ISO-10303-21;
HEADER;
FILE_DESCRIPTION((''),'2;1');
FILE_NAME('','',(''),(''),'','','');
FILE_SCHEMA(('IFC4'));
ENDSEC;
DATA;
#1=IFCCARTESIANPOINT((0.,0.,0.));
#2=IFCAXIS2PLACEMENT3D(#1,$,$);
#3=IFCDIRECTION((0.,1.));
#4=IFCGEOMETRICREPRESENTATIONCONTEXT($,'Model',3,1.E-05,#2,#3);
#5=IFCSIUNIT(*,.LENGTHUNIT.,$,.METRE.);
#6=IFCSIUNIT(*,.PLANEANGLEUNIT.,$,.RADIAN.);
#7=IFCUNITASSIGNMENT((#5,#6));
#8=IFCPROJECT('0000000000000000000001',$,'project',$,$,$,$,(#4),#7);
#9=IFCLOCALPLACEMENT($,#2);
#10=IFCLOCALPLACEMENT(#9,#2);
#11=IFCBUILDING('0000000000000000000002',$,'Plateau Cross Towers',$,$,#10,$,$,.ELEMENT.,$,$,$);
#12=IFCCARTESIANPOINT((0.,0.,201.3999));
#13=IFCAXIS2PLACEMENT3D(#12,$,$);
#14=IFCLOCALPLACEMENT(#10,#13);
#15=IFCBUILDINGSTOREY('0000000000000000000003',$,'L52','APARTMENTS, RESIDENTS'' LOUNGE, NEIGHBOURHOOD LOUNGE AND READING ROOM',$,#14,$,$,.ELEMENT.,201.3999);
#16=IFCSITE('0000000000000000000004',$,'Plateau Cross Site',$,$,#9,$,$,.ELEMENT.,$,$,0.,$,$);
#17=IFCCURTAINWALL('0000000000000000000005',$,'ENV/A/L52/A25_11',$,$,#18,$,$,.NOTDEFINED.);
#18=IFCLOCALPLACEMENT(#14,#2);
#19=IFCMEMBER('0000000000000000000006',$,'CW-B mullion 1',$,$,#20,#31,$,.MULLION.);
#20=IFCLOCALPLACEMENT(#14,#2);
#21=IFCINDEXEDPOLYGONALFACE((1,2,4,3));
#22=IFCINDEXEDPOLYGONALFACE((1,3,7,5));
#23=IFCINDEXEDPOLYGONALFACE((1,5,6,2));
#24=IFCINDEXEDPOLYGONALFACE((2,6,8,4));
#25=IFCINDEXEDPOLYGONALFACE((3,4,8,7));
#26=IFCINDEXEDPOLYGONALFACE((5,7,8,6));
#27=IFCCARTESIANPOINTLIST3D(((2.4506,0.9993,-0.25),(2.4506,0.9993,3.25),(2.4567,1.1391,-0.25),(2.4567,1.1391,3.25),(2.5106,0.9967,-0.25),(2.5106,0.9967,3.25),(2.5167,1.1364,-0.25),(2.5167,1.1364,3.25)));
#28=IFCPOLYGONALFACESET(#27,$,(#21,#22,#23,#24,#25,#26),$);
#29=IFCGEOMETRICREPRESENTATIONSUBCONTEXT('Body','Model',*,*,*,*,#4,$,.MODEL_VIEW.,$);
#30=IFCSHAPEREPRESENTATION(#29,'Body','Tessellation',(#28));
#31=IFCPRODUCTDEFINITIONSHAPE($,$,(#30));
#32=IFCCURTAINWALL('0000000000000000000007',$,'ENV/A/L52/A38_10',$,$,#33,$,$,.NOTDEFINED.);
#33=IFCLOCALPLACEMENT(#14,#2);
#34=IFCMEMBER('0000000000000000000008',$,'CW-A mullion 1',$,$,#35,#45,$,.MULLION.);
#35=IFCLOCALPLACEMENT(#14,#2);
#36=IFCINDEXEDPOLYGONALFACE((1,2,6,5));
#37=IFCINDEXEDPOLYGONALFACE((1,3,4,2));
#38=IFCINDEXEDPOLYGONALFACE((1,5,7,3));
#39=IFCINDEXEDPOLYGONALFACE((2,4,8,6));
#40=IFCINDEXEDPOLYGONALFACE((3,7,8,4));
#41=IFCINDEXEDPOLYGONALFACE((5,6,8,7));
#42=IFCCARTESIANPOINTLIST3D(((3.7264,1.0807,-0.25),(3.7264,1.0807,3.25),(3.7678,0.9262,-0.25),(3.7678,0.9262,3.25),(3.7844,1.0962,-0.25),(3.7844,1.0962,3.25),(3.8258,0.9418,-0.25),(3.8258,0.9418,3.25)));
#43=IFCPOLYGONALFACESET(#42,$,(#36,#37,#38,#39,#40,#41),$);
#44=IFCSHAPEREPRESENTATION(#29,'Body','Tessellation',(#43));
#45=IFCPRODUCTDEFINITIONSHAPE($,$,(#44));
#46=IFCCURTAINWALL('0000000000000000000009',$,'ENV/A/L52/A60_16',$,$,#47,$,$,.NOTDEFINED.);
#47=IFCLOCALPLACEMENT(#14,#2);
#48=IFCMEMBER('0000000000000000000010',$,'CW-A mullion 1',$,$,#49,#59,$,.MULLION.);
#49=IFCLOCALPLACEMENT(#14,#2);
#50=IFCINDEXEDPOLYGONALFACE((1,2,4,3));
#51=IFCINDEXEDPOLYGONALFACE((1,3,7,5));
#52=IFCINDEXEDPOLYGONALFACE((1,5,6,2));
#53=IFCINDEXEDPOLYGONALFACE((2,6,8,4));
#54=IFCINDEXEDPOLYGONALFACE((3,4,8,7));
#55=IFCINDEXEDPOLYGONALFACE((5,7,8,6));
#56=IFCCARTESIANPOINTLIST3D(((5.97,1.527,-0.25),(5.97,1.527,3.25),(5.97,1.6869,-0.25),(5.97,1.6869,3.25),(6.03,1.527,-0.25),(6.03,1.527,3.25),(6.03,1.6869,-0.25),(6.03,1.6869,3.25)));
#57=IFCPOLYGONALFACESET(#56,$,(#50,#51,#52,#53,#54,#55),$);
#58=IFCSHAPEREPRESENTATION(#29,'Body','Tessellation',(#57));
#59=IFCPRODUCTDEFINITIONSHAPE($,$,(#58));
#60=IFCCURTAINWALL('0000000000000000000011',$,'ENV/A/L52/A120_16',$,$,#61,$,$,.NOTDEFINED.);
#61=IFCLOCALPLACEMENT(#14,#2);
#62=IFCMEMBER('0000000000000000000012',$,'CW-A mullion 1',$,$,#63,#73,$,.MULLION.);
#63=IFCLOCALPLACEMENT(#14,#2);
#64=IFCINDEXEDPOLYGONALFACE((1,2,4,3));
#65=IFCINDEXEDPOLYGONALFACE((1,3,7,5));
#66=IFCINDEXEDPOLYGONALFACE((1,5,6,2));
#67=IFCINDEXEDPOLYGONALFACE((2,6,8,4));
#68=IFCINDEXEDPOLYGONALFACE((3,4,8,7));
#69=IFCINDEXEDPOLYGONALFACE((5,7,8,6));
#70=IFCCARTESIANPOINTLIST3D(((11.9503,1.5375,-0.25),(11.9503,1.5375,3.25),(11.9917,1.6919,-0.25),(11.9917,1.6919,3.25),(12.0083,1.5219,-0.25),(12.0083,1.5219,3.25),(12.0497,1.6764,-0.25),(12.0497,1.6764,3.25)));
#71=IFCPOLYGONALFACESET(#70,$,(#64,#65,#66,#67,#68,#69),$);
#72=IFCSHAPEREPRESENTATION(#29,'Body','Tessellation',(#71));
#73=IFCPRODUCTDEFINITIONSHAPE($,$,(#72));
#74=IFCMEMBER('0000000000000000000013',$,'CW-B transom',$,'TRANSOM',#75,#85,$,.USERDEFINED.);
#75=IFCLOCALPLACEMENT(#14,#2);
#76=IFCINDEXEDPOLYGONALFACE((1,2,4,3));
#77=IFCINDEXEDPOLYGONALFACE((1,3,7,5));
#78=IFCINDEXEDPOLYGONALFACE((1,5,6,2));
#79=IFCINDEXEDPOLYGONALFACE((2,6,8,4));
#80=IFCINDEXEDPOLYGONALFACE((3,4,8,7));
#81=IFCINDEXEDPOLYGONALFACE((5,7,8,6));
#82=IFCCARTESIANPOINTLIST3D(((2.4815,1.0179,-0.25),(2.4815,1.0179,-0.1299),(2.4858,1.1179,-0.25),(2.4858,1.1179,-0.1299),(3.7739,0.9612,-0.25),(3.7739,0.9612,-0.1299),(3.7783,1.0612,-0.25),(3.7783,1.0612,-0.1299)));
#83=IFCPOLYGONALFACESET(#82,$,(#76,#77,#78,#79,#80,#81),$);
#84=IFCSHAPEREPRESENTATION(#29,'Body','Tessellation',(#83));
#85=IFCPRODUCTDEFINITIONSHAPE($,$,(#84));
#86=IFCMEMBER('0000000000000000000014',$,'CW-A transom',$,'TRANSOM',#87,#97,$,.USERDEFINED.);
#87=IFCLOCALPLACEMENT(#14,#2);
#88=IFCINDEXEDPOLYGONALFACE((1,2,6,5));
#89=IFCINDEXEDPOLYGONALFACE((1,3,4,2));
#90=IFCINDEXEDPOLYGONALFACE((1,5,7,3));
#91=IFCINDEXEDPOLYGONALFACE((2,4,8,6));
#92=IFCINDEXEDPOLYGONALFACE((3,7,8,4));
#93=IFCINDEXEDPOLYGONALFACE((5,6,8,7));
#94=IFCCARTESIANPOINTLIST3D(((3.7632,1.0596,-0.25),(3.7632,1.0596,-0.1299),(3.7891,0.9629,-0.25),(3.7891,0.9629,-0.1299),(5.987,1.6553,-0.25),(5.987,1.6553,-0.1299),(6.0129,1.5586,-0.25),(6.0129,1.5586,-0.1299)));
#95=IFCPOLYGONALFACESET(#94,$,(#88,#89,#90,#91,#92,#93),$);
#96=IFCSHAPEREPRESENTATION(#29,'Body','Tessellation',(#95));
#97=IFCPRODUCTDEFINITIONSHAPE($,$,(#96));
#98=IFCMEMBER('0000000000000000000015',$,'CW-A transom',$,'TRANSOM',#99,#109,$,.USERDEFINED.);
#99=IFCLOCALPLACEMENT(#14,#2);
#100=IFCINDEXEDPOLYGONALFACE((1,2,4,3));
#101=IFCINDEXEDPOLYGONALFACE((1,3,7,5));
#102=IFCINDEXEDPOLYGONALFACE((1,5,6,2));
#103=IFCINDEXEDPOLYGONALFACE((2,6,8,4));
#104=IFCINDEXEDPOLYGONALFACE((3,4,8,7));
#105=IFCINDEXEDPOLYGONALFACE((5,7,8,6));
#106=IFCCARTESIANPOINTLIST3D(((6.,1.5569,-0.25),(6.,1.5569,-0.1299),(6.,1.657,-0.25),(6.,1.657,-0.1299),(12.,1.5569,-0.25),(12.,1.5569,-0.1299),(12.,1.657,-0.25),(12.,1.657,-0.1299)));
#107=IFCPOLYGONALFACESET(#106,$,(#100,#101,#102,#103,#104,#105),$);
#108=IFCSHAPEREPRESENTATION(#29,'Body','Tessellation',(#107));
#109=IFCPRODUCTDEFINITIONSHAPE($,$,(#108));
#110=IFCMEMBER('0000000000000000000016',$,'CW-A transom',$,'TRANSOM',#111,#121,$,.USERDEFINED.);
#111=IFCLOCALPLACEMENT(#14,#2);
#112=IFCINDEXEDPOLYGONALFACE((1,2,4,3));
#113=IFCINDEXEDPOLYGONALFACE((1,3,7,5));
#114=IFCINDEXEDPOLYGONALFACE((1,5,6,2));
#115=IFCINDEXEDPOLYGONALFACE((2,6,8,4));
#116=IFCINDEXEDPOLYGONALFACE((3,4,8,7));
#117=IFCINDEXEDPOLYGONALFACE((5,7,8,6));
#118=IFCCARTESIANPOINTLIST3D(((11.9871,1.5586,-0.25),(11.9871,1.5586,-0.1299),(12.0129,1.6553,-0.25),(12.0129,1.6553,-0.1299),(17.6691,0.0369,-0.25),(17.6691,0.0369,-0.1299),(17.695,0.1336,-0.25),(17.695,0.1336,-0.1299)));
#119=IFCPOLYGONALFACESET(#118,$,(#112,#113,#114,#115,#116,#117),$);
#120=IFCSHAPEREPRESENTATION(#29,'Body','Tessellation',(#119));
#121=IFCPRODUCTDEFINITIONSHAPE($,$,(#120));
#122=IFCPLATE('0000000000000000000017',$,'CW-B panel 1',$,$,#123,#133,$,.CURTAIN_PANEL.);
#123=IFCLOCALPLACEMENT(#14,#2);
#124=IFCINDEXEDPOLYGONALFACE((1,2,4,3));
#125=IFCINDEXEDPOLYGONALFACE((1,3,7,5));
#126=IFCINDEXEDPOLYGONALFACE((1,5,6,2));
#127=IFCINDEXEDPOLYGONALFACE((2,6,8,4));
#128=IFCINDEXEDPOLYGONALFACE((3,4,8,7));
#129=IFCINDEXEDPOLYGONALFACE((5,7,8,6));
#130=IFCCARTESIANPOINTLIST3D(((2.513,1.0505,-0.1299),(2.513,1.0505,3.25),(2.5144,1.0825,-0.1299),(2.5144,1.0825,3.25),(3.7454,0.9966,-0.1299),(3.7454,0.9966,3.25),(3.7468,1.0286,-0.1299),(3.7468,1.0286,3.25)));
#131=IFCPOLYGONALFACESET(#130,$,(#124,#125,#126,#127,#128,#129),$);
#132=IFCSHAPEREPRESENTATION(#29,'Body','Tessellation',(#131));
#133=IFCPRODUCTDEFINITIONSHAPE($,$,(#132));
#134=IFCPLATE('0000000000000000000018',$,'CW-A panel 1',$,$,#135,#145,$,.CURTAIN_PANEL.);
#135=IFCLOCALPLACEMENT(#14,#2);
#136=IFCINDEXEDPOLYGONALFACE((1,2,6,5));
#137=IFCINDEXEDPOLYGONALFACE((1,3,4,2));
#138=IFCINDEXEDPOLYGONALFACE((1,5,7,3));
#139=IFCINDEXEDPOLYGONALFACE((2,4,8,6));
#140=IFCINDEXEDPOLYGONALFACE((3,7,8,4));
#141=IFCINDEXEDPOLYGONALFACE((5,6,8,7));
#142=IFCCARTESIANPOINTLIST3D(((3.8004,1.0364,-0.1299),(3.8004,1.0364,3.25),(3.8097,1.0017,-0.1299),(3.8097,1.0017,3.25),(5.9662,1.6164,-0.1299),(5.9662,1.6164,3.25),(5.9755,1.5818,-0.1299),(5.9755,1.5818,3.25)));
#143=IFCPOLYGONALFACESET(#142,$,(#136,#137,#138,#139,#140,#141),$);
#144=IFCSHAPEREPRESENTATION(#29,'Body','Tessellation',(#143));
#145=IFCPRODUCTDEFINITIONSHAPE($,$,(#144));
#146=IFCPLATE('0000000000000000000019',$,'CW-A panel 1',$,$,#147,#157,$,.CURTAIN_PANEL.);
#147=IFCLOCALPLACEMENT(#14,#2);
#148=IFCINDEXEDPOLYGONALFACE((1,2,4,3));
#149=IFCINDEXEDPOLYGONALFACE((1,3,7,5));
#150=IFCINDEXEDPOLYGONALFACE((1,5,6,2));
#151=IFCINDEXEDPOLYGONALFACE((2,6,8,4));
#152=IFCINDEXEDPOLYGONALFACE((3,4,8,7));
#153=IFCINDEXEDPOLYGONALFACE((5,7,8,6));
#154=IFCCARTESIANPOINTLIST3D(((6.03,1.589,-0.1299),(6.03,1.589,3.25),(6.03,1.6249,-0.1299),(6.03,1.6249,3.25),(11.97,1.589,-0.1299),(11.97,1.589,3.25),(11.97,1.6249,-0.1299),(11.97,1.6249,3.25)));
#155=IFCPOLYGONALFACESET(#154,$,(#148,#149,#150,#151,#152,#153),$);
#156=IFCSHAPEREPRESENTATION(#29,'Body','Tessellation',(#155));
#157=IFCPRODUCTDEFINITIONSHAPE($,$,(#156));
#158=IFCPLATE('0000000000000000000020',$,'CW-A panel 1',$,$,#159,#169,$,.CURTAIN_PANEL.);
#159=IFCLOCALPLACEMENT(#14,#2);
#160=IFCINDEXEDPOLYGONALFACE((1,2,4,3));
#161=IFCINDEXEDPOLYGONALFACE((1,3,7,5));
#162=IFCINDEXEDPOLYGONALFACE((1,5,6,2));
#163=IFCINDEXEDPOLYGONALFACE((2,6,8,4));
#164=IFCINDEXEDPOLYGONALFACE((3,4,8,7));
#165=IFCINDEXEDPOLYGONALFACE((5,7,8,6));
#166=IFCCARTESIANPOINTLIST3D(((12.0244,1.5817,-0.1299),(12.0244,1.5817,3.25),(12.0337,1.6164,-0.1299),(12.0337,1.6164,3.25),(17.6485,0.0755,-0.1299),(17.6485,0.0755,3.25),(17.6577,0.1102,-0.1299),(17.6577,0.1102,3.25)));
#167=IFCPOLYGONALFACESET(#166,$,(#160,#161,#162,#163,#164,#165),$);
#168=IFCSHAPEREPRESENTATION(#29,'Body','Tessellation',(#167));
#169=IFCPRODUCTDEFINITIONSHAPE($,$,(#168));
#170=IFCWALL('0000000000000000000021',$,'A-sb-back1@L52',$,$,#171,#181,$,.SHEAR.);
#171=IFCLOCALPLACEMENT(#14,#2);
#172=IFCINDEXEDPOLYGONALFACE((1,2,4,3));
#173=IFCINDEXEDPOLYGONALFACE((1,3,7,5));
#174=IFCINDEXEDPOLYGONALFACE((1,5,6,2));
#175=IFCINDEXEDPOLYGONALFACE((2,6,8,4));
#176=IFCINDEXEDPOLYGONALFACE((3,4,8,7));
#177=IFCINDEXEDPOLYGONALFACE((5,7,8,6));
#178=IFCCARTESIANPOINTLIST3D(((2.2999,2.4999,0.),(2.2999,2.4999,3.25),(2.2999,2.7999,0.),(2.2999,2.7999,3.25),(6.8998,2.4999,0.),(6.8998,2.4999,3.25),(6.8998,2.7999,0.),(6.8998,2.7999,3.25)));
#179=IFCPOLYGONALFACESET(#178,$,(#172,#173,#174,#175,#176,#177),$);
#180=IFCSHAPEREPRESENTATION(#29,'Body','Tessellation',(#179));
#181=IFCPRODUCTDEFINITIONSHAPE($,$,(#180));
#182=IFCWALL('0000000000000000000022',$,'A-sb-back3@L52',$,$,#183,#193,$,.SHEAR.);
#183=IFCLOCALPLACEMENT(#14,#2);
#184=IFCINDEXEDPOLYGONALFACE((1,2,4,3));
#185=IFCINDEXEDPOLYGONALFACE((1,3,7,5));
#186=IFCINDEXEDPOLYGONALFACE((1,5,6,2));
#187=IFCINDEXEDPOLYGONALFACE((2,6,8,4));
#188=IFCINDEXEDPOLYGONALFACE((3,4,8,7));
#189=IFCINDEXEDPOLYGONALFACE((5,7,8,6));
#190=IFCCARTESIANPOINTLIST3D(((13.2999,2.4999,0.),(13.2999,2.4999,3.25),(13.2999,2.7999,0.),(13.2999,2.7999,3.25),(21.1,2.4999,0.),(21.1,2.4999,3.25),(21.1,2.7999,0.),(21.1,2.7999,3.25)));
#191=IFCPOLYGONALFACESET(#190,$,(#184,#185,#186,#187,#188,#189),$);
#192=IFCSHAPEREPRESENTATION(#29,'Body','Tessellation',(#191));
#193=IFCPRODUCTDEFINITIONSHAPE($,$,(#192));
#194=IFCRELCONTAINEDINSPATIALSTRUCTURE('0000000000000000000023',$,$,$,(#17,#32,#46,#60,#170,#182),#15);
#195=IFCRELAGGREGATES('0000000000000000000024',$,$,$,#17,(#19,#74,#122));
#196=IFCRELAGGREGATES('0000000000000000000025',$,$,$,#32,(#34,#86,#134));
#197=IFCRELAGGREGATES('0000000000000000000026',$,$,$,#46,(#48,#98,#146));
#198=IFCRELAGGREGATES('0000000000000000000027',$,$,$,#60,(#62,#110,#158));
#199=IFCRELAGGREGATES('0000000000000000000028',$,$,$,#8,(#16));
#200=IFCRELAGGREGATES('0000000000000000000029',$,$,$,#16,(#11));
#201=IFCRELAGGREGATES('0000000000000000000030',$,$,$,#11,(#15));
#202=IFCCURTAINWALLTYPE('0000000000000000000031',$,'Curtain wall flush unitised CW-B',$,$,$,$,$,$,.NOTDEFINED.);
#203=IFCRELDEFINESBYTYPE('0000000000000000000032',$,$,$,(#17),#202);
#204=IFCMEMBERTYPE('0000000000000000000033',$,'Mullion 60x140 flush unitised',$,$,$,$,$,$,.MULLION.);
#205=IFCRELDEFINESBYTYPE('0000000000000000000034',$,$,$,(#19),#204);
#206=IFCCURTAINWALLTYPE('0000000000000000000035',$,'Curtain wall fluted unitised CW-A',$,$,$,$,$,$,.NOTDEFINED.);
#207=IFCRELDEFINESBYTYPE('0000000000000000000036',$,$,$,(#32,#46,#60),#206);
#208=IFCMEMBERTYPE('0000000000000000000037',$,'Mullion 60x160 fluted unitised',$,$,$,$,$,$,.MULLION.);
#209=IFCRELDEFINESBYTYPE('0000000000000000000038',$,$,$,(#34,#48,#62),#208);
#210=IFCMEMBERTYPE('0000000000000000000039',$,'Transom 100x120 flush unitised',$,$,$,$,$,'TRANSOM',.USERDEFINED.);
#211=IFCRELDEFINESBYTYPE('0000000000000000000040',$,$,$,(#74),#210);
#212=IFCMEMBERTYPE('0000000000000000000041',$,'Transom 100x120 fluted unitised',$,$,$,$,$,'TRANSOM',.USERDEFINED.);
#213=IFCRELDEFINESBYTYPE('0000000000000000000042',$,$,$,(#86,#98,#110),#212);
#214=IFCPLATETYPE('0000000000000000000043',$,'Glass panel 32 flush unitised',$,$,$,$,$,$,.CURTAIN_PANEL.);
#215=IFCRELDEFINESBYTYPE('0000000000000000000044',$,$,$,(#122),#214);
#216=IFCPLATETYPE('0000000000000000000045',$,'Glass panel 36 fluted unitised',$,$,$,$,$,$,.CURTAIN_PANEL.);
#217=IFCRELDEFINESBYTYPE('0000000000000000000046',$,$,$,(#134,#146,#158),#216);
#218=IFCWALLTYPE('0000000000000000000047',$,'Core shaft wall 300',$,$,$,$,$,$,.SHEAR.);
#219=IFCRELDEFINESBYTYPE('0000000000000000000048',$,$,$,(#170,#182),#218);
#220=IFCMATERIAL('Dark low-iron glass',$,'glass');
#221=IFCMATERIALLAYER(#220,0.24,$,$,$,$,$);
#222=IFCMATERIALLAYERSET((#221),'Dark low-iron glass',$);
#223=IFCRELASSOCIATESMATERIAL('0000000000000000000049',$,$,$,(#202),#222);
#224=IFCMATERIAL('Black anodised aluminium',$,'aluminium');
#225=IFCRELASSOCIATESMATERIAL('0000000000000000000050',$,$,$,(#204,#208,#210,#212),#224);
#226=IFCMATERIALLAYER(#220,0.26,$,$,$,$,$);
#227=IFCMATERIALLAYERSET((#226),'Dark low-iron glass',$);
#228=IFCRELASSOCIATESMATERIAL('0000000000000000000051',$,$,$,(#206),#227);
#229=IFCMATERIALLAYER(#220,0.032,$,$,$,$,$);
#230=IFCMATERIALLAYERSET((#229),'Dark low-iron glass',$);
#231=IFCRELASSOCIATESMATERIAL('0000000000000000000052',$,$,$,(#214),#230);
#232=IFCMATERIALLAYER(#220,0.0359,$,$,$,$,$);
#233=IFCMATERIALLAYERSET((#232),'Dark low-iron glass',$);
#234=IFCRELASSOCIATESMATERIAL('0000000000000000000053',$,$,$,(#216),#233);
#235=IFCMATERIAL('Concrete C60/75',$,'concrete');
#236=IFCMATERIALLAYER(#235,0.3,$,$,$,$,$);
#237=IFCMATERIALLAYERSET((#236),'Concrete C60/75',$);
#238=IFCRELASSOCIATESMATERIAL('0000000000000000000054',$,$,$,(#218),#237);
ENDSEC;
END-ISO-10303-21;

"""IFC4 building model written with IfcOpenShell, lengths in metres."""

from ifc_helpers import new_model, si_unit, direction, frame, frame_2d, origin, origin_2d, place, context, subcontext, project, spatial, rectangle, extrude, material, layer, layer_set, material_profile, profile_set, type_object, element, aggregate, save


model = new_model("IFC4")

# Units and contexts
model_context = context("Model", 3, precision=1e-05, world=origin(), true_north=direction((0.0, 1.0)))
body_context = subcontext(model_context, "Body", "Model", "MODEL_VIEW")
ifc_project = project(units=[si_unit("LENGTHUNIT", "METRE"), si_unit("PLANEANGLEUNIT", "RADIAN")], contexts=[model_context])

# Site, building, storey
site_placement = place(None, origin())
site = spatial("IfcSite", under=ifc_project, at=site_placement, Name="Plateau Cross Site", CompositionType="ELEMENT", RefElevation=0.0)
building_placement = place(site_placement, origin())
building = spatial("IfcBuilding", under=site, at=building_placement, Name="Plateau Cross Towers", CompositionType="ELEMENT")
storey_placement = place(building_placement, frame((0.0, 0.0, 201.3999)))
storey = spatial("IfcBuildingStorey", under=building, at=storey_placement, Name="L52", Description="APARTMENTS, RESIDENTS' LOUNGE, NEIGHBOURHOOD LOUNGE AND READING ROOM", CompositionType="ELEMENT", Elevation=201.3999)

# Curtain walls, members
ifc_material_1 = material(Name="Dark low-iron glass", Category="glass")
ifc_layer_1 = layer(ifc_material_1, 0.24)
ifc_layer_set_1 = layer_set([ifc_layer_1], Name="Dark low-iron glass")
curtain_wall_type_1 = type_object("IfcCurtainWallType", Name="Curtain wall flush unitised CW-B", PredefinedType="NOTDEFINED", material=ifc_layer_set_1)
curtain_wall_1_placement = place(storey_placement, origin())
curtain_wall_1 = element("IfcCurtainWall", 1, at=curtain_wall_1_placement, inside=storey, type_object=curtain_wall_type_1, Name="ENV/A/L52/A25_11", PredefinedType="NOTDEFINED")
ifc_material_2 = material(Name="Black anodised aluminium", Category="aluminium")
ifc_material_profile_1 = material_profile(ifc_material_2, rectangle(XDim=0.0601, YDim=0.1399, at=origin_2d()), Name="MULLION 60x140")
ifc_profile_set_1 = profile_set([ifc_material_profile_1], Name="Black anodised aluminium")
member_type_1 = type_object("IfcMemberType", Name="Mullion 60x140 flush unitised", PredefinedType="MULLION", material=ifc_profile_set_1)
member_1_placement = place(storey_placement, frame((2.4836, 1.0679, -0.25), z_axis=(0.0, 0.0, 1.0), x_axis=(0.999044, -0.043723, 0.0)))
member_1 = element("IfcMember", 2, at=member_1_placement, type_object=member_type_1, Name="CW-B mullion 1", PredefinedType="MULLION", context=body_context, shape_type="SweptSolid", body=[
    extrude(rectangle(XDim=0.0601, YDim=0.1399, at=origin_2d()), origin(), (0.0, 0.0, 1.0), 3.5),
])
ifc_layer_2 = layer(ifc_material_1, 0.26)
ifc_layer_set_2 = layer_set([ifc_layer_2], Name="Dark low-iron glass")
curtain_wall_type_2 = type_object("IfcCurtainWallType", Name="Curtain wall fluted unitised CW-A", PredefinedType="NOTDEFINED", material=ifc_layer_set_2)
curtain_wall_2_placement = place(storey_placement, origin())
curtain_wall_2 = element("IfcCurtainWall", 3, at=curtain_wall_2_placement, inside=storey, type_object=curtain_wall_type_2, Name="ENV/A/L52/A38_10", PredefinedType="NOTDEFINED")
ifc_material_profile_2 = material_profile(ifc_material_2, rectangle(XDim=0.0601, YDim=0.1599, at=origin_2d()), Name="MULLION 60x160")
ifc_profile_set_2 = profile_set([ifc_material_profile_2], Name="Black anodised aluminium")
member_type_2 = type_object("IfcMemberType", Name="Mullion 60x160 fluted unitised", PredefinedType="MULLION", material=ifc_profile_set_2)
member_2_placement = place(storey_placement, frame((3.7761, 1.0112, -0.25), z_axis=(0.0, 0.0, 1.0), x_axis=(0.965958, 0.258699, 0.0)))
member_2 = element("IfcMember", 4, at=member_2_placement, type_object=member_type_2, Name="CW-A mullion 1", PredefinedType="MULLION", context=body_context, shape_type="SweptSolid", body=[
    extrude(rectangle(XDim=0.0601, YDim=0.1599, at=origin_2d()), origin(), (0.0, 0.0, 1.0), 3.5),
])
curtain_wall_3_placement = place(storey_placement, origin())
curtain_wall_3 = element("IfcCurtainWall", 5, at=curtain_wall_3_placement, inside=storey, type_object=curtain_wall_type_2, Name="ENV/A/L52/A60_16", PredefinedType="NOTDEFINED")
member_3_placement = place(storey_placement, frame((6.0, 1.6069, -0.25), z_axis=(0.0, 0.0, 1.0), x_axis=(1.0, 0.0, 0.0)))
member_3 = element("IfcMember", 6, at=member_3_placement, type_object=member_type_2, Name="CW-A mullion 1", PredefinedType="MULLION", context=body_context, shape_type="SweptSolid", body=[
    extrude(rectangle(XDim=0.0601, YDim=0.1599, at=origin_2d()), origin(), (0.0, 0.0, 1.0), 3.5),
])
curtain_wall_4_placement = place(storey_placement, origin())
curtain_wall_4 = element("IfcCurtainWall", 7, at=curtain_wall_4_placement, inside=storey, type_object=curtain_wall_type_2, Name="ENV/A/L52/A120_16", PredefinedType="NOTDEFINED")
member_4_placement = place(storey_placement, frame((12.0, 1.6069, -0.25), z_axis=(0.0, 0.0, 1.0), x_axis=(0.965958, -0.258699, 0.0)))
member_4 = element("IfcMember", 8, at=member_4_placement, type_object=member_type_2, Name="CW-A mullion 1", PredefinedType="MULLION", context=body_context, shape_type="SweptSolid", body=[
    extrude(rectangle(XDim=0.0601, YDim=0.1599, at=origin_2d()), origin(), (0.0, 0.0, 1.0), 3.5),
])

# Members
ifc_material_profile_3 = material_profile(ifc_material_2, rectangle(XDim=0.1001, YDim=0.1201, at=origin_2d()), Name="TRANSOM 100x120")
ifc_profile_set_3 = profile_set([ifc_material_profile_3], Name="Black anodised aluminium")
member_type_3 = type_object("IfcMemberType", Name="Transom 100x120 flush unitised", ElementType="TRANSOM", PredefinedType="USERDEFINED", material=ifc_profile_set_3)
member_5_placement = place(storey_placement, frame((2.4836, 1.0679, -0.1899), z_axis=(0.999041, -0.043781, 0.0), x_axis=(0.043781, 0.999041, 0.0)))
member_5 = element("IfcMember", 9, at=member_5_placement, type_object=member_type_3, Name="CW-B transom", ObjectType="TRANSOM", PredefinedType="USERDEFINED", context=body_context, shape_type="SweptSolid", body=[
    extrude(rectangle(XDim=0.1001, YDim=0.1201, at=origin_2d()), origin(), (0.0, 0.0, 1.0), 1.2937),
])
ifc_material_profile_4 = material_profile(ifc_material_2, rectangle(XDim=0.1001, YDim=0.1201, at=origin_2d()), Name="TRANSOM 100x120")
ifc_profile_set_4 = profile_set([ifc_material_profile_4], Name="Black anodised aluminium")
member_type_4 = type_object("IfcMemberType", Name="Transom 100x120 fluted unitised", ElementType="TRANSOM", PredefinedType="USERDEFINED", material=ifc_profile_set_4)
member_6_placement = place(storey_placement, frame((3.7761, 1.0112, -0.1899), z_axis=(0.965946, 0.258745, 0.0), x_axis=(-0.258745, 0.965946, 0.0)))
member_6 = element("IfcMember", 10, at=member_6_placement, type_object=member_type_4, Name="CW-A transom", ObjectType="TRANSOM", PredefinedType="USERDEFINED", context=body_context, shape_type="SweptSolid", body=[
    extrude(rectangle(XDim=0.1001, YDim=0.1201, at=origin_2d()), origin(), (0.0, 0.0, 1.0), 2.3022),
])
member_7_placement = place(storey_placement, frame((6.0, 1.6069, -0.1899), z_axis=(1.0, 0.0, 0.0), x_axis=(0.0, 1.0, 0.0)))
member_7 = element("IfcMember", 11, at=member_7_placement, type_object=member_type_4, Name="CW-A transom", ObjectType="TRANSOM", PredefinedType="USERDEFINED", context=body_context, shape_type="SweptSolid", body=[
    extrude(rectangle(XDim=0.1001, YDim=0.1201, at=origin_2d()), origin(), (0.0, 0.0, 1.0), 6.0),
])
member_8_placement = place(storey_placement, frame((12.0, 1.6069, -0.1899), z_axis=(0.96596, -0.258693, 0.0), x_axis=(0.258693, 0.96596, 0.0)))
member_8 = element("IfcMember", 12, at=member_8_placement, type_object=member_type_4, Name="CW-A transom", ObjectType="TRANSOM", PredefinedType="USERDEFINED", context=body_context, shape_type="SweptSolid", body=[
    extrude(rectangle(XDim=0.1001, YDim=0.1201, at=origin_2d()), origin(), (0.0, 0.0, 1.0), 5.8823),
])

# Plates
ifc_layer_3 = layer(ifc_material_1, 0.032)
ifc_layer_set_3 = layer_set([ifc_layer_3], Name="Dark low-iron glass")
plate_type_1 = type_object("IfcPlateType", Name="Glass panel 32 flush unitised", PredefinedType="CURTAIN_PANEL", material=ifc_layer_set_3)
plate_1_placement = place(storey_placement, frame((3.1299, 1.0396, -0.1299), z_axis=(0.0, 0.0, 1.0), x_axis=(0.999044, -0.043723, 0.0)))
plate_1 = element("IfcPlate", 13, at=plate_1_placement, type_object=plate_type_1, Name="CW-B panel 1", PredefinedType="CURTAIN_PANEL", context=body_context, shape_type="SweptSolid", body=[
    extrude(rectangle(XDim=1.2336, YDim=0.032, at=origin_2d()), origin(), (0.0, 0.0, 1.0), 3.3799),
])
aggregate(curtain_wall_1, [member_1, member_5, plate_1])
ifc_layer_4 = layer(ifc_material_1, 0.0359)
ifc_layer_set_4 = layer_set([ifc_layer_4], Name="Dark low-iron glass")
plate_type_2 = type_object("IfcPlateType", Name="Glass panel 36 fluted unitised", PredefinedType="CURTAIN_PANEL", material=ifc_layer_set_4)
plate_2_placement = place(storey_placement, frame((4.8879, 1.3091, -0.1299), z_axis=(0.0, 0.0, 1.0), x_axis=(0.965958, 0.258699, 0.0)))
plate_2 = element("IfcPlate", 14, at=plate_2_placement, type_object=plate_type_2, Name="CW-A panel 1", PredefinedType="CURTAIN_PANEL", context=body_context, shape_type="SweptSolid", body=[
    extrude(rectangle(XDim=2.2422, YDim=0.0359, at=origin_2d()), origin(), (0.0, 0.0, 1.0), 3.3799),
])
aggregate(curtain_wall_2, [member_2, member_6, plate_2])
plate_3_placement = place(storey_placement, frame((9.0, 1.6069, -0.1299), z_axis=(0.0, 0.0, 1.0), x_axis=(1.0, 0.0, 0.0)))
plate_3 = element("IfcPlate", 15, at=plate_3_placement, type_object=plate_type_2, Name="CW-A panel 1", PredefinedType="CURTAIN_PANEL", context=body_context, shape_type="SweptSolid", body=[
    extrude(rectangle(XDim=5.9399, YDim=0.0359, at=origin_2d()), origin(), (0.0, 0.0, 1.0), 3.3799),
])
aggregate(curtain_wall_3, [member_3, member_7, plate_3])
plate_4_placement = place(storey_placement, frame((14.8411, 0.8459, -0.1299), z_axis=(0.0, 0.0, 1.0), x_axis=(0.965958, -0.258699, 0.0)))
plate_4 = element("IfcPlate", 16, at=plate_4_placement, type_object=plate_type_2, Name="CW-A panel 1", PredefinedType="CURTAIN_PANEL", context=body_context, shape_type="SweptSolid", body=[
    extrude(rectangle(XDim=5.8223, YDim=0.0359, at=origin_2d()), origin(), (0.0, 0.0, 1.0), 3.3799),
])
aggregate(curtain_wall_4, [member_4, member_8, plate_4])

# Walls
ifc_material_3 = material(Name="Concrete C60/75", Category="concrete")
ifc_layer_5 = layer(ifc_material_3, 0.3)
ifc_layer_set_5 = layer_set([ifc_layer_5], Name="Concrete C60/75")
wall_type_1 = type_object("IfcWallType", Name="Core shaft wall 300", PredefinedType="SHEAR", material=ifc_layer_set_5)
wall_1_placement = place(storey_placement, frame((2.3, 2.6499, 0.0), z_axis=(0.0, 0.0, 1.0), x_axis=(1.0, 0.0, 0.0)))
element("IfcWall", 17, at=wall_1_placement, inside=storey, type_object=wall_type_1, Name="A-sb-back1@L52", PredefinedType="SHEAR", context=body_context, shape_type="SweptSolid", body=[
    extrude(rectangle(XDim=4.5999, YDim=0.3, at=frame_2d((2.2998, 0.0))), origin(), (0.0, 0.0, 1.0), 3.25),
])
wall_2_placement = place(storey_placement, frame((13.3, 2.6499, 0.0), z_axis=(0.0, 0.0, 1.0), x_axis=(1.0, 0.0, 0.0)))
element("IfcWall", 18, at=wall_2_placement, inside=storey, type_object=wall_type_1, Name="A-sb-back3@L52", PredefinedType="SHEAR", context=body_context, shape_type="SweptSolid", body=[
    extrude(rectangle(XDim=7.8, YDim=0.3, at=frame_2d((3.8999, 0.0))), origin(), (0.0, 0.0, 1.0), 3.25),
])

save(model, "model.ifc")
